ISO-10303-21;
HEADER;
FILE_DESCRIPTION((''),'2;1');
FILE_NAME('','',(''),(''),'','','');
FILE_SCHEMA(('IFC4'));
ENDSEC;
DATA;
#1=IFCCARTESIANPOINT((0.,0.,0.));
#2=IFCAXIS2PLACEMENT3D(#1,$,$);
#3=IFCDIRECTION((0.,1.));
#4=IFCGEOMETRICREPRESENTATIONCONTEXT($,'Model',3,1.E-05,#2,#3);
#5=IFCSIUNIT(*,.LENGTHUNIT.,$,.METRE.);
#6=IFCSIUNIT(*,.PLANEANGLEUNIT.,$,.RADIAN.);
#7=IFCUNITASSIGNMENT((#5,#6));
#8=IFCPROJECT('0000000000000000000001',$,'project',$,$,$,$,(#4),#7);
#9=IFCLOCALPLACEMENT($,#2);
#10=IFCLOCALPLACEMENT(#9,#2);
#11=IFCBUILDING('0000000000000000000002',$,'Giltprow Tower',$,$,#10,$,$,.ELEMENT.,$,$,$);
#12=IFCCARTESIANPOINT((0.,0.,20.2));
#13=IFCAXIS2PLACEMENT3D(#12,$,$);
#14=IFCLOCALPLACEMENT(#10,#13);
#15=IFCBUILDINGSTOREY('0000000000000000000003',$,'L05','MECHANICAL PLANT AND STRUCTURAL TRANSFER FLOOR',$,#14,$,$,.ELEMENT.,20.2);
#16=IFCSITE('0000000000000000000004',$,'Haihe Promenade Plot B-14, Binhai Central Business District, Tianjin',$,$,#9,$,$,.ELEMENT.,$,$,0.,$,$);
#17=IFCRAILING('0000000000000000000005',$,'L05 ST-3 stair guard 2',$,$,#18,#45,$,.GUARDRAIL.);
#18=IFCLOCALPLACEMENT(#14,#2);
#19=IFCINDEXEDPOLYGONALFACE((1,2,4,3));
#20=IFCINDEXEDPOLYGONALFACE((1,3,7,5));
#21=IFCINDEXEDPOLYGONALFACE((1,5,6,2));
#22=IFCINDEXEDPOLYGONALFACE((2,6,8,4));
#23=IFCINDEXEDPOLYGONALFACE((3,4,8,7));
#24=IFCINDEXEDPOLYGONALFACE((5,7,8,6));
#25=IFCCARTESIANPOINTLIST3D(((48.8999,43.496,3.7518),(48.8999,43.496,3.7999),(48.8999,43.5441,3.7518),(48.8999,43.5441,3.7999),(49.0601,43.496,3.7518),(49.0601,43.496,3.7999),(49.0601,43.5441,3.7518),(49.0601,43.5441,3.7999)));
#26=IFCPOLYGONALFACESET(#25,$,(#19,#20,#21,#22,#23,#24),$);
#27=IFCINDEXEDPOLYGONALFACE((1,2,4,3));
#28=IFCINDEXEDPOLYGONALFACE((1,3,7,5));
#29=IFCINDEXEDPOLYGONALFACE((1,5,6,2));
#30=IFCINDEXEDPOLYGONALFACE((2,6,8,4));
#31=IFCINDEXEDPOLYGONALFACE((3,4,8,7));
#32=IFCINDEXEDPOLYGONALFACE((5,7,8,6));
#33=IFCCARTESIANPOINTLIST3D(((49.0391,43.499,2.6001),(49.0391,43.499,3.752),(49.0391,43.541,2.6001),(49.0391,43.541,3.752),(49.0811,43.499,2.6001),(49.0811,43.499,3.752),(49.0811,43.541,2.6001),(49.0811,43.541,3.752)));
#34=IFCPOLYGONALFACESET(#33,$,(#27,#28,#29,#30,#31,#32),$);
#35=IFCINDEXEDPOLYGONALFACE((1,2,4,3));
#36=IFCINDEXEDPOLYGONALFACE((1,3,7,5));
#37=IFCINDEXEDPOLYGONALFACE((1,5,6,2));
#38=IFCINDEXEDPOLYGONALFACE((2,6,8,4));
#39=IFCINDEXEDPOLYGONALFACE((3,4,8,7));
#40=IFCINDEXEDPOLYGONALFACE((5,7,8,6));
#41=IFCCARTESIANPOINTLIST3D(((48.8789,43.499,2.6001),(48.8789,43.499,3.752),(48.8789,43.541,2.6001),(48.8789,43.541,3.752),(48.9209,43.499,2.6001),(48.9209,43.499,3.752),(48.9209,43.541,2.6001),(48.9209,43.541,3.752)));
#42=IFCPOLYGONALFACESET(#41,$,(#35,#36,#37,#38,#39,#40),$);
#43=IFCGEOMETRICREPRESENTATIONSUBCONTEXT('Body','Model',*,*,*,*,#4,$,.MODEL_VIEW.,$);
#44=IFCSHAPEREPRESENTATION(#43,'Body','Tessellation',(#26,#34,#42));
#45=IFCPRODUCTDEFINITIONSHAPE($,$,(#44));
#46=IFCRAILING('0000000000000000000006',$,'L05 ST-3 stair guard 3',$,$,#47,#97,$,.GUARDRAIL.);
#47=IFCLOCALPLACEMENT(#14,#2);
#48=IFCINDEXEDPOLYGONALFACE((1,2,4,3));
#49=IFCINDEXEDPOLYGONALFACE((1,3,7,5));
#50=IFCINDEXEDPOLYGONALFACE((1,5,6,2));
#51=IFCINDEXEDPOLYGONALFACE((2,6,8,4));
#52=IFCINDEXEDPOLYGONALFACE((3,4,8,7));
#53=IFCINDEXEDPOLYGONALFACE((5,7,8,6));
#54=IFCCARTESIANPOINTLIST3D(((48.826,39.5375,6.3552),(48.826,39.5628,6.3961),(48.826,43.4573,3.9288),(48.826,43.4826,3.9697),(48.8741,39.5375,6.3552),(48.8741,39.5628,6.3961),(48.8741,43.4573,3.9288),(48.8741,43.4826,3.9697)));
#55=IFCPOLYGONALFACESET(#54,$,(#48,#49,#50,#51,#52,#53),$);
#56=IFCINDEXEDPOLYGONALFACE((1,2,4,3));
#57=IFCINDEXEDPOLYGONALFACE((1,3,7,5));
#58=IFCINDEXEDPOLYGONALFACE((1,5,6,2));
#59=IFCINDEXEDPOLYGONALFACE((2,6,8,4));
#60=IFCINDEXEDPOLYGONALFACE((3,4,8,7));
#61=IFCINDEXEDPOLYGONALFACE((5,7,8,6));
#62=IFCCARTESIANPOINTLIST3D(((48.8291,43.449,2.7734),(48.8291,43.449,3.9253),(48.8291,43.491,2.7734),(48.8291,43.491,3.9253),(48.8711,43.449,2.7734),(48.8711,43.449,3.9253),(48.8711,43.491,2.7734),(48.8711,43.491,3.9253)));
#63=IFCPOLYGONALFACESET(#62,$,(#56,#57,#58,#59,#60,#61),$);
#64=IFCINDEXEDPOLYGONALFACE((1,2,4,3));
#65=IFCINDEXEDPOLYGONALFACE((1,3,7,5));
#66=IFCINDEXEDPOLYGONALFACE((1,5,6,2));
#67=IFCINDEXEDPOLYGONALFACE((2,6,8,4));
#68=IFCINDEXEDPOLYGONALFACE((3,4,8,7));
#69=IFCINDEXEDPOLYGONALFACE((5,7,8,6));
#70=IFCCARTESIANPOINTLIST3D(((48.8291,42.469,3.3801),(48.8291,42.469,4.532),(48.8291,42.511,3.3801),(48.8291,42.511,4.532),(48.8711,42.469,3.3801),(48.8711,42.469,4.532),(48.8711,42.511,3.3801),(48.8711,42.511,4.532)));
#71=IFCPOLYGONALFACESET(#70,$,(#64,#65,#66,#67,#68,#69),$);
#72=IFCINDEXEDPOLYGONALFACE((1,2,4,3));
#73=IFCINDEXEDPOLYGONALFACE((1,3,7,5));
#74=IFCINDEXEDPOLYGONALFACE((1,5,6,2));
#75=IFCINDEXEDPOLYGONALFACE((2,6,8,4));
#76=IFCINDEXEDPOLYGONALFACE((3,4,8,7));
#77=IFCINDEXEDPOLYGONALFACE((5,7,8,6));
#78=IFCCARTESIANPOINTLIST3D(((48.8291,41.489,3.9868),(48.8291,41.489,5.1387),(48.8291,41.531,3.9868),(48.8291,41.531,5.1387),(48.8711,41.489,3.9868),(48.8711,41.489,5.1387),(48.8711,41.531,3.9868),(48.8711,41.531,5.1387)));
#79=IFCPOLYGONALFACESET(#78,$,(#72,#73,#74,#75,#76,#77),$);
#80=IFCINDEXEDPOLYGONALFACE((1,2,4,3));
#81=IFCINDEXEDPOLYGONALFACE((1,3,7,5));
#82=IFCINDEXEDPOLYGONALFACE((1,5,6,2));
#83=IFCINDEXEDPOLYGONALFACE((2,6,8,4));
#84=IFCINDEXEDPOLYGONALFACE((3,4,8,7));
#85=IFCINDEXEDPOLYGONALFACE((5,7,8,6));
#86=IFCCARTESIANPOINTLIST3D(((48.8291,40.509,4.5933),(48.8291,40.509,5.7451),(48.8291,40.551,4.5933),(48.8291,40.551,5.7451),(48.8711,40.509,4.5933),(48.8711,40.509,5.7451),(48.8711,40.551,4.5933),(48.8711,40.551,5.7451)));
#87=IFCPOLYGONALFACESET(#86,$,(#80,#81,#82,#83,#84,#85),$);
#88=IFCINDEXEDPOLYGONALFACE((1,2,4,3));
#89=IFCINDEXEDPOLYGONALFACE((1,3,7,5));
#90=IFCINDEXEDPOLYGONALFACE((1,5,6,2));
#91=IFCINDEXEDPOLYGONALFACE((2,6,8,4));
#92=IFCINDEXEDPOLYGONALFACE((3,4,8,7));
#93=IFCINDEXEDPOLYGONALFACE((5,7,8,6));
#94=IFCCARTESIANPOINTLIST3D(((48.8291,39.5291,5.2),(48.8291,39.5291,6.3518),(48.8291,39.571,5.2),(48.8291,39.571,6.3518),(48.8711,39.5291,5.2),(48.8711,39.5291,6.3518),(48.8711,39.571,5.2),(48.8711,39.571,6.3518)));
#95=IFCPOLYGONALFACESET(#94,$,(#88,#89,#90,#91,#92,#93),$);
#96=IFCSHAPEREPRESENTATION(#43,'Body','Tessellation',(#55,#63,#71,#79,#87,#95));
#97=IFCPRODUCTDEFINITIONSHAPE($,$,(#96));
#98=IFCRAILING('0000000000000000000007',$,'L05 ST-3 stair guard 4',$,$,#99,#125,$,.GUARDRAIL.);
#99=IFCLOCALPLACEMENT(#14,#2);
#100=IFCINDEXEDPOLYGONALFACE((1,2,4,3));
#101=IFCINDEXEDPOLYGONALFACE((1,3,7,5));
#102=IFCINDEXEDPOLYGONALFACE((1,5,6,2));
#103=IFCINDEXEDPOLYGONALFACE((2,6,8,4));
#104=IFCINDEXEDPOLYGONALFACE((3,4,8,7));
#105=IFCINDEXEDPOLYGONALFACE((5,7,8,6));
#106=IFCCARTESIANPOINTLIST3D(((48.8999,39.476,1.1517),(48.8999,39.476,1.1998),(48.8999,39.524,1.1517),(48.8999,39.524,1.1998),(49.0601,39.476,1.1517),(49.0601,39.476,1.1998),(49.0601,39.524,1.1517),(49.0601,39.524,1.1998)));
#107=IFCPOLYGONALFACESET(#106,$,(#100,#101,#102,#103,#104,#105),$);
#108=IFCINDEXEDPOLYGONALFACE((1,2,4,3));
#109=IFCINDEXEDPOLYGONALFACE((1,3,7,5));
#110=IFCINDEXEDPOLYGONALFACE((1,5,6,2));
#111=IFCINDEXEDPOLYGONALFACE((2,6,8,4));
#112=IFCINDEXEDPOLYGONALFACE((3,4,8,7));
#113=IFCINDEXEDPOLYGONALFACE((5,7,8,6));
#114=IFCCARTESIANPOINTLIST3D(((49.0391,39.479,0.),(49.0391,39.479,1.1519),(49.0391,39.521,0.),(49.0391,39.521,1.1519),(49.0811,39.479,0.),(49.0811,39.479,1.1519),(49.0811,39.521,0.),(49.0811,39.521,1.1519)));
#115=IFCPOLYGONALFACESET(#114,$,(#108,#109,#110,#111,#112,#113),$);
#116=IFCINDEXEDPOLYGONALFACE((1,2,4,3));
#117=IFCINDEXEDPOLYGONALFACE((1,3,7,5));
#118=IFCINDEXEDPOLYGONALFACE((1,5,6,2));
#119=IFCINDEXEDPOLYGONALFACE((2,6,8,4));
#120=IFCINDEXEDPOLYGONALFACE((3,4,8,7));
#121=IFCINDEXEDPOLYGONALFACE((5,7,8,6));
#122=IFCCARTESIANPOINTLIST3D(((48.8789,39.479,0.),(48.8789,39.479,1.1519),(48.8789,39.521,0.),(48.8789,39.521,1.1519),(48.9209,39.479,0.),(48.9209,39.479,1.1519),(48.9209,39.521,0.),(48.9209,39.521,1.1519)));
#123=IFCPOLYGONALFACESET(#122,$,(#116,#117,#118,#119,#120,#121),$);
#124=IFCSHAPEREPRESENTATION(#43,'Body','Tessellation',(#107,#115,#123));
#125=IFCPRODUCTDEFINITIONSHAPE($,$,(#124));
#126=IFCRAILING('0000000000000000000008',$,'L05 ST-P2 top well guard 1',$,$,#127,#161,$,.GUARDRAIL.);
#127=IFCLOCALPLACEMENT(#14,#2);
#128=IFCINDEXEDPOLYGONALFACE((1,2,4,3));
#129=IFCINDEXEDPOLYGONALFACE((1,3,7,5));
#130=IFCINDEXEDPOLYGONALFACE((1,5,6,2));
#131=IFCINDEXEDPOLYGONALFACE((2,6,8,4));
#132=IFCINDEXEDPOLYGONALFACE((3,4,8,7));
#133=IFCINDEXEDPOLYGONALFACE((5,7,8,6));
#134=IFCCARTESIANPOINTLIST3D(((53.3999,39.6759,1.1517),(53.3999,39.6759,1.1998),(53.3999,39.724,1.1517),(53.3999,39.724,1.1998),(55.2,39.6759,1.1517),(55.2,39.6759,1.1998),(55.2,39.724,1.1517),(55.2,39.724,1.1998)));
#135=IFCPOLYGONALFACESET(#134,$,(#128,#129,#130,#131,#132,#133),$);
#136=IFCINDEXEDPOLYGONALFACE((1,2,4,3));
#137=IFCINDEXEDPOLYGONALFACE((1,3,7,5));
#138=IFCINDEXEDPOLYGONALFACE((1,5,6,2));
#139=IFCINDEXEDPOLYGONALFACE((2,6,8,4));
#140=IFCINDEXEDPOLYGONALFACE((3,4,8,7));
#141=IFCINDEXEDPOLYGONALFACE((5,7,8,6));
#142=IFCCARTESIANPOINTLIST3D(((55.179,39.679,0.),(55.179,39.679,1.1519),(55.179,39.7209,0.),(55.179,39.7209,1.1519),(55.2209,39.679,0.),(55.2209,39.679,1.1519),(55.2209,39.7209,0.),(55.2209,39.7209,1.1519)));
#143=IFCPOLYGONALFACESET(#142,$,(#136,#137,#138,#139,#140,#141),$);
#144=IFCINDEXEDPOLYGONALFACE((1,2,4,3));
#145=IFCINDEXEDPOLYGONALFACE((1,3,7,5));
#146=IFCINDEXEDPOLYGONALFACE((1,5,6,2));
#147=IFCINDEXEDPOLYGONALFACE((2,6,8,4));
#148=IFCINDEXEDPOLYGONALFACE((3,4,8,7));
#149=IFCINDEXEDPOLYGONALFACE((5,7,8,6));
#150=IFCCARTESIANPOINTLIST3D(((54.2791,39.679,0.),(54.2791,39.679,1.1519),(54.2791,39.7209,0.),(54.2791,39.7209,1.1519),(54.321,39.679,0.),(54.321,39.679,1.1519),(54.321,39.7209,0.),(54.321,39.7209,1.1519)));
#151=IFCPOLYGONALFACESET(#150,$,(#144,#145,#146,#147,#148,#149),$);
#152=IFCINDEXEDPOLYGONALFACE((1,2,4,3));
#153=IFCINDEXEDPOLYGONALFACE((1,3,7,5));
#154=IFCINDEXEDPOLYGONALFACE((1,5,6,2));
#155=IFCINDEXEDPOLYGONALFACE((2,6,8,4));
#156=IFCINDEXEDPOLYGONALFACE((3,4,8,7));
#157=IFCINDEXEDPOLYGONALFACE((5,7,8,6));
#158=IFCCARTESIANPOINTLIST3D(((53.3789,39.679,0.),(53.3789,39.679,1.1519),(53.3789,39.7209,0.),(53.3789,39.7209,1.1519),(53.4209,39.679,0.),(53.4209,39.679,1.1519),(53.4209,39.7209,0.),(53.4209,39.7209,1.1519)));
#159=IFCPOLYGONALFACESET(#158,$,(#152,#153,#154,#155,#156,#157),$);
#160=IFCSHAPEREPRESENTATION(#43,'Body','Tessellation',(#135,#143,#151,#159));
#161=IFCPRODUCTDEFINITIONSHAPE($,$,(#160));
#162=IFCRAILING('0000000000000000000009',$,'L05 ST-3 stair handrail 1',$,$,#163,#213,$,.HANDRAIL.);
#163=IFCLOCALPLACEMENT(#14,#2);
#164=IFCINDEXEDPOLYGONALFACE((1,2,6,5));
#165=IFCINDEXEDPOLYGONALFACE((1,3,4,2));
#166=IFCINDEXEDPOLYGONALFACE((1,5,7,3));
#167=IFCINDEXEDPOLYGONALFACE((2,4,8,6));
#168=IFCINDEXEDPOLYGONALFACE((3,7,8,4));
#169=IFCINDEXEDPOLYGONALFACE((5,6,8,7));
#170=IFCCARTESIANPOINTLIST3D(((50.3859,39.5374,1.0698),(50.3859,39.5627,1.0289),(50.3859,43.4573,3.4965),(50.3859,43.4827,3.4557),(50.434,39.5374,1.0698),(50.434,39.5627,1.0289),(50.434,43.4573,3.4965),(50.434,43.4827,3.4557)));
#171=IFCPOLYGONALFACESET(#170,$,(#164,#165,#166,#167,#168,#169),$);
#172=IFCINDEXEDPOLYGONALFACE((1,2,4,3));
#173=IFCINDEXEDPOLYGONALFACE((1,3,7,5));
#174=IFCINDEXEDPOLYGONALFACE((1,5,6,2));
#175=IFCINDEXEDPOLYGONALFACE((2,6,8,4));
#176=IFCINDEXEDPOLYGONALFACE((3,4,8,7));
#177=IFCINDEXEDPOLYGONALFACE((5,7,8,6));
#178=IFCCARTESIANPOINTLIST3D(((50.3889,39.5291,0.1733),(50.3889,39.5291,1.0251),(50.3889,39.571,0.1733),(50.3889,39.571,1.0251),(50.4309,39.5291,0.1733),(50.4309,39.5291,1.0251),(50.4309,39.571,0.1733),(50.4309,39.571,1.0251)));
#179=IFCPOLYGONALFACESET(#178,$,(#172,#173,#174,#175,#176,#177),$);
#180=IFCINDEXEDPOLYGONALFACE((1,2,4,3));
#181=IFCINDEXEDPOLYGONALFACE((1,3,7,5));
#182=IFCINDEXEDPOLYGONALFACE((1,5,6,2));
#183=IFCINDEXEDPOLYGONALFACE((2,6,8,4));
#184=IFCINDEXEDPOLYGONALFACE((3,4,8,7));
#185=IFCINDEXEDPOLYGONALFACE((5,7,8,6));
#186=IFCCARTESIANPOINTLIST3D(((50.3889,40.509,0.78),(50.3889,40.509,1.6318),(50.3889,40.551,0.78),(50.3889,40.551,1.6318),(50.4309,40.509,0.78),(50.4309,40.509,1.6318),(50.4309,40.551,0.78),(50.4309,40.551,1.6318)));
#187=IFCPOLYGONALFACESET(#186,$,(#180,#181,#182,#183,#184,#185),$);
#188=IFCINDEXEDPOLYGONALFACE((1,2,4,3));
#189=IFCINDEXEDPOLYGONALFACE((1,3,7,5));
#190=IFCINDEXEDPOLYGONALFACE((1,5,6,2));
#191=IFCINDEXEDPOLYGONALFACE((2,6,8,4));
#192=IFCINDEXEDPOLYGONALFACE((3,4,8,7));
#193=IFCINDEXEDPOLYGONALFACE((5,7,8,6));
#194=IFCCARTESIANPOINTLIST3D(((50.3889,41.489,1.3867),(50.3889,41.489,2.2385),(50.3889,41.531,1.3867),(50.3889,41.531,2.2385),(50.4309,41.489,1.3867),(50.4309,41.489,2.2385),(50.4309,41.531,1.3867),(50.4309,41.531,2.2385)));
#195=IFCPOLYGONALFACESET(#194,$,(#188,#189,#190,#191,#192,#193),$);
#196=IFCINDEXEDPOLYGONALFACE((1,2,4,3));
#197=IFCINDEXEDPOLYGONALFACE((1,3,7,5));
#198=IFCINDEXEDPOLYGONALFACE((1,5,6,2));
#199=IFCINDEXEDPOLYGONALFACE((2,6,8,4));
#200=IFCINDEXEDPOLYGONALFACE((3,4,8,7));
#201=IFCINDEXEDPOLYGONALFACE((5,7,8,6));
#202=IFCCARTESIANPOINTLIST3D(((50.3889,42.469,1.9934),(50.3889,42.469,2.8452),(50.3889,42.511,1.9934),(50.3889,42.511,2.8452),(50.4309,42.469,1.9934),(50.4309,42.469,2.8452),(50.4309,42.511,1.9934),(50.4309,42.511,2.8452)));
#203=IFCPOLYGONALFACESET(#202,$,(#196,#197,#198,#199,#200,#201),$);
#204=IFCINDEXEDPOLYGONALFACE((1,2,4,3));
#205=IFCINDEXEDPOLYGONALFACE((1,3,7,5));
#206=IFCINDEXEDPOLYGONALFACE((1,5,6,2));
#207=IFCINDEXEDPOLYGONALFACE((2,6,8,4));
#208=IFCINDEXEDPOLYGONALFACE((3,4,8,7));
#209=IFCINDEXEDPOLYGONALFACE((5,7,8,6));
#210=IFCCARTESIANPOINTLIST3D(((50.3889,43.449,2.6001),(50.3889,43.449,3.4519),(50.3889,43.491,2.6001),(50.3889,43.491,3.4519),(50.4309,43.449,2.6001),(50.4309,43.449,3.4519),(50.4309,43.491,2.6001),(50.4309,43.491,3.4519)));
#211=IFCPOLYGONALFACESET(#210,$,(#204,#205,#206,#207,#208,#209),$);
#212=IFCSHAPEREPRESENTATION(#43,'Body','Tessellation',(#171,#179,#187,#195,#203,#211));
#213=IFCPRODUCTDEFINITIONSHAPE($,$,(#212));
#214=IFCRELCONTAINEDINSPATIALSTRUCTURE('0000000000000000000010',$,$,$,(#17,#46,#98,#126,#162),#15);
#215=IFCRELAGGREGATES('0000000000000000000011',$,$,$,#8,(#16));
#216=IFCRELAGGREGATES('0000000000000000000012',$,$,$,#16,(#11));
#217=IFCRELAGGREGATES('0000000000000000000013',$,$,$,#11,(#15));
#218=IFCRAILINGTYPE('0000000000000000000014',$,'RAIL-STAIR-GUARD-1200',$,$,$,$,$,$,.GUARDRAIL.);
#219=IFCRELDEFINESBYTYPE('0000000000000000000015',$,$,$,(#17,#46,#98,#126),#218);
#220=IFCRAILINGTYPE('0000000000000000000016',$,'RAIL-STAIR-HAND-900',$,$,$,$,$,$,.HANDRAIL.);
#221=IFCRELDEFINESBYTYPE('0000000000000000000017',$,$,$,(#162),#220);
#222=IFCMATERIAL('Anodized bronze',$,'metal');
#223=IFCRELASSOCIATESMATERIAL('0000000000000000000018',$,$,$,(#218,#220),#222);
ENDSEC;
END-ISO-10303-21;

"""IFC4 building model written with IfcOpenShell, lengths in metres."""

from ifc_helpers import new_model, si_unit, direction, frame, origin, origin_2d, place, context, subcontext, project, spatial, rectangle, extrude, material, type_object, element, save


model = new_model("IFC4")

# Units and contexts
model_context = context("Model", 3, precision=1e-05, world=origin(), true_north=direction((0.0, 1.0)))
body_context = subcontext(model_context, "Body", "Model", "MODEL_VIEW")
ifc_project = project(units=[si_unit("LENGTHUNIT", "METRE"), si_unit("PLANEANGLEUNIT", "RADIAN")], contexts=[model_context])

# Site, building, storey
site_placement = place(None, origin())
site = spatial("IfcSite", under=ifc_project, at=site_placement, Name="Haihe Promenade Plot B-14, Binhai Central Business District, Tianjin", CompositionType="ELEMENT", RefElevation=0.0)
building_placement = place(site_placement, origin())
building = spatial("IfcBuilding", under=site, at=building_placement, Name="Giltprow Tower", CompositionType="ELEMENT")
storey_placement = place(building_placement, frame((0.0, 0.0, 20.2)))
storey = spatial("IfcBuildingStorey", under=building, at=storey_placement, Name="L05", Description="MECHANICAL PLANT AND STRUCTURAL TRANSFER FLOOR", CompositionType="ELEMENT", Elevation=20.2)

# Railings
ifc_material_1 = material(Name="Anodized bronze", Category="metal")
railing_type_1 = type_object("IfcRailingType", Name="RAIL-STAIR-GUARD-1200", PredefinedType="GUARDRAIL", material=ifc_material_1)
railing_1_placement = place(storey_placement, frame((49.0601, 43.52, 2.6001)))
element("IfcRailing", 1, at=railing_1_placement, inside=storey, type_object=railing_type_1, Name="L05 ST-3 stair guard 2", PredefinedType="GUARDRAIL", context=body_context, shape_type="SweptSolid", body=[
    extrude(rectangle(XDim=0.0481, YDim=0.0481, at=origin_2d()), frame((0.0, 0.0, 1.1758), z_axis=(-1.0, 0.0, 0.0), x_axis=(0.0, -1.0, 0.0)), (0.0, 0.0, 1.0), 0.1602),
    extrude(rectangle(XDim=0.042, YDim=0.042, at=origin_2d()), origin(), (0.0, 0.0, 1.0), 1.1519),
    extrude(rectangle(XDim=0.042, YDim=0.042, at=origin_2d()), frame((-0.1602, 0.0, 0.0)), (0.0, 0.0, 1.0), 1.1519),
])
railing_2_placement = place(storey_placement, frame((48.8501, 43.47, 2.7734)))
element("IfcRailing", 2, at=railing_2_placement, inside=storey, type_object=railing_type_1, Name="L05 ST-3 stair guard 3", PredefinedType="GUARDRAIL", context=body_context, shape_type="SweptSolid", body=[
    extrude(rectangle(XDim=0.0481, YDim=0.0481, at=origin_2d()), frame((0.0, 0.0, 1.1758), z_axis=(0.0, -0.850275, 0.526338), x_axis=(1.0, 0.0, 0.0)), (0.0, 0.0, 1.0), 4.6101),
    extrude(rectangle(XDim=0.042, YDim=0.042, at=origin_2d()), origin(), (0.0, 0.0, 1.0), 1.1519),
    extrude(rectangle(XDim=0.042, YDim=0.042, at=origin_2d()), frame((0.0, -0.98, 0.6067)), (0.0, 0.0, 1.0), 1.1519),
    extrude(rectangle(XDim=0.042, YDim=0.042, at=origin_2d()), frame((0.0, -1.96, 1.2134)), (0.0, 0.0, 1.0), 1.1519),
    extrude(rectangle(XDim=0.042, YDim=0.042, at=origin_2d()), frame((0.0, -2.9399, 1.8198)), (0.0, 0.0, 1.0), 1.1519),
    extrude(rectangle(XDim=0.042, YDim=0.042, at=origin_2d()), frame((0.0, -3.9199, 2.4265)), (0.0, 0.0, 1.0), 1.1519),
])
railing_3_placement = place(storey_placement, frame((49.0601, 39.5, 0.0)))
element("IfcRailing", 3, at=railing_3_placement, inside=storey, type_object=railing_type_1, Name="L05 ST-3 stair guard 4", PredefinedType="GUARDRAIL", context=body_context, shape_type="SweptSolid", body=[
    extrude(rectangle(XDim=0.0481, YDim=0.0481, at=origin_2d()), frame((0.0, 0.0, 1.1758), z_axis=(-1.0, 0.0, 0.0), x_axis=(0.0, -1.0, 0.0)), (0.0, 0.0, 1.0), 0.1602),
    extrude(rectangle(XDim=0.042, YDim=0.042, at=origin_2d()), origin(), (0.0, 0.0, 1.0), 1.1519),
    extrude(rectangle(XDim=0.042, YDim=0.042, at=origin_2d()), frame((-0.1602, 0.0, 0.0)), (0.0, 0.0, 1.0), 1.1519),
])
railing_4_placement = place(storey_placement, frame((55.2, 39.7, 0.0)))
element("IfcRailing", 4, at=railing_4_placement, inside=storey, type_object=railing_type_1, Name="L05 ST-P2 top well guard 1", PredefinedType="GUARDRAIL", context=body_context, shape_type="SweptSolid", body=[
    extrude(rectangle(XDim=0.0481, YDim=0.0481, at=origin_2d()), frame((0.0, 0.0, 1.1758), z_axis=(-1.0, 0.0, 0.0), x_axis=(0.0, -1.0, 0.0)), (0.0, 0.0, 1.0), 1.8),
    extrude(rectangle(XDim=0.042, YDim=0.042, at=origin_2d()), origin(), (0.0, 0.0, 1.0), 1.1519),
    extrude(rectangle(XDim=0.042, YDim=0.042, at=origin_2d()), frame((-0.8999, 0.0, 0.0)), (0.0, 0.0, 1.0), 1.1519),
    extrude(rectangle(XDim=0.042, YDim=0.042, at=origin_2d()), frame((-1.8, 0.0, 0.0)), (0.0, 0.0, 1.0), 1.1519),
])
railing_type_2 = type_object("IfcRailingType", Name="RAIL-STAIR-HAND-900", PredefinedType="HANDRAIL", material=ifc_material_1)
railing_5_placement = place(storey_placement, frame((50.4099, 39.55, 0.1733)))
element("IfcRailing", 5, at=railing_5_placement, inside=storey, type_object=railing_type_2, Name="L05 ST-3 stair handrail 1", PredefinedType="HANDRAIL", context=body_context, shape_type="SweptSolid", body=[
    extrude(rectangle(XDim=0.0481, YDim=0.0481, at=origin_2d()), frame((0.0, 0.0, 0.876), z_axis=(0.0, 0.850252, 0.526376), x_axis=(-1.0, 0.0, 0.0)), (0.0, 0.0, 1.0), 4.6104),
    extrude(rectangle(XDim=0.042, YDim=0.042, at=origin_2d()), origin(), (0.0, 0.0, 1.0), 0.8518),
    extrude(rectangle(XDim=0.042, YDim=0.042, at=origin_2d()), frame((0.0, 0.98, 0.6067)), (0.0, 0.0, 1.0), 0.8518),
    extrude(rectangle(XDim=0.042, YDim=0.042, at=origin_2d()), frame((0.0, 1.96, 1.2134)), (0.0, 0.0, 1.0), 0.8518),
    extrude(rectangle(XDim=0.042, YDim=0.042, at=origin_2d()), frame((0.0, 2.9399, 1.8201)), (0.0, 0.0, 1.0), 0.8518),
    extrude(rectangle(XDim=0.042, YDim=0.042, at=origin_2d()), frame((0.0, 3.9199, 2.4268)), (0.0, 0.0, 1.0), 0.8518),
])

save(model, "model.ifc")
